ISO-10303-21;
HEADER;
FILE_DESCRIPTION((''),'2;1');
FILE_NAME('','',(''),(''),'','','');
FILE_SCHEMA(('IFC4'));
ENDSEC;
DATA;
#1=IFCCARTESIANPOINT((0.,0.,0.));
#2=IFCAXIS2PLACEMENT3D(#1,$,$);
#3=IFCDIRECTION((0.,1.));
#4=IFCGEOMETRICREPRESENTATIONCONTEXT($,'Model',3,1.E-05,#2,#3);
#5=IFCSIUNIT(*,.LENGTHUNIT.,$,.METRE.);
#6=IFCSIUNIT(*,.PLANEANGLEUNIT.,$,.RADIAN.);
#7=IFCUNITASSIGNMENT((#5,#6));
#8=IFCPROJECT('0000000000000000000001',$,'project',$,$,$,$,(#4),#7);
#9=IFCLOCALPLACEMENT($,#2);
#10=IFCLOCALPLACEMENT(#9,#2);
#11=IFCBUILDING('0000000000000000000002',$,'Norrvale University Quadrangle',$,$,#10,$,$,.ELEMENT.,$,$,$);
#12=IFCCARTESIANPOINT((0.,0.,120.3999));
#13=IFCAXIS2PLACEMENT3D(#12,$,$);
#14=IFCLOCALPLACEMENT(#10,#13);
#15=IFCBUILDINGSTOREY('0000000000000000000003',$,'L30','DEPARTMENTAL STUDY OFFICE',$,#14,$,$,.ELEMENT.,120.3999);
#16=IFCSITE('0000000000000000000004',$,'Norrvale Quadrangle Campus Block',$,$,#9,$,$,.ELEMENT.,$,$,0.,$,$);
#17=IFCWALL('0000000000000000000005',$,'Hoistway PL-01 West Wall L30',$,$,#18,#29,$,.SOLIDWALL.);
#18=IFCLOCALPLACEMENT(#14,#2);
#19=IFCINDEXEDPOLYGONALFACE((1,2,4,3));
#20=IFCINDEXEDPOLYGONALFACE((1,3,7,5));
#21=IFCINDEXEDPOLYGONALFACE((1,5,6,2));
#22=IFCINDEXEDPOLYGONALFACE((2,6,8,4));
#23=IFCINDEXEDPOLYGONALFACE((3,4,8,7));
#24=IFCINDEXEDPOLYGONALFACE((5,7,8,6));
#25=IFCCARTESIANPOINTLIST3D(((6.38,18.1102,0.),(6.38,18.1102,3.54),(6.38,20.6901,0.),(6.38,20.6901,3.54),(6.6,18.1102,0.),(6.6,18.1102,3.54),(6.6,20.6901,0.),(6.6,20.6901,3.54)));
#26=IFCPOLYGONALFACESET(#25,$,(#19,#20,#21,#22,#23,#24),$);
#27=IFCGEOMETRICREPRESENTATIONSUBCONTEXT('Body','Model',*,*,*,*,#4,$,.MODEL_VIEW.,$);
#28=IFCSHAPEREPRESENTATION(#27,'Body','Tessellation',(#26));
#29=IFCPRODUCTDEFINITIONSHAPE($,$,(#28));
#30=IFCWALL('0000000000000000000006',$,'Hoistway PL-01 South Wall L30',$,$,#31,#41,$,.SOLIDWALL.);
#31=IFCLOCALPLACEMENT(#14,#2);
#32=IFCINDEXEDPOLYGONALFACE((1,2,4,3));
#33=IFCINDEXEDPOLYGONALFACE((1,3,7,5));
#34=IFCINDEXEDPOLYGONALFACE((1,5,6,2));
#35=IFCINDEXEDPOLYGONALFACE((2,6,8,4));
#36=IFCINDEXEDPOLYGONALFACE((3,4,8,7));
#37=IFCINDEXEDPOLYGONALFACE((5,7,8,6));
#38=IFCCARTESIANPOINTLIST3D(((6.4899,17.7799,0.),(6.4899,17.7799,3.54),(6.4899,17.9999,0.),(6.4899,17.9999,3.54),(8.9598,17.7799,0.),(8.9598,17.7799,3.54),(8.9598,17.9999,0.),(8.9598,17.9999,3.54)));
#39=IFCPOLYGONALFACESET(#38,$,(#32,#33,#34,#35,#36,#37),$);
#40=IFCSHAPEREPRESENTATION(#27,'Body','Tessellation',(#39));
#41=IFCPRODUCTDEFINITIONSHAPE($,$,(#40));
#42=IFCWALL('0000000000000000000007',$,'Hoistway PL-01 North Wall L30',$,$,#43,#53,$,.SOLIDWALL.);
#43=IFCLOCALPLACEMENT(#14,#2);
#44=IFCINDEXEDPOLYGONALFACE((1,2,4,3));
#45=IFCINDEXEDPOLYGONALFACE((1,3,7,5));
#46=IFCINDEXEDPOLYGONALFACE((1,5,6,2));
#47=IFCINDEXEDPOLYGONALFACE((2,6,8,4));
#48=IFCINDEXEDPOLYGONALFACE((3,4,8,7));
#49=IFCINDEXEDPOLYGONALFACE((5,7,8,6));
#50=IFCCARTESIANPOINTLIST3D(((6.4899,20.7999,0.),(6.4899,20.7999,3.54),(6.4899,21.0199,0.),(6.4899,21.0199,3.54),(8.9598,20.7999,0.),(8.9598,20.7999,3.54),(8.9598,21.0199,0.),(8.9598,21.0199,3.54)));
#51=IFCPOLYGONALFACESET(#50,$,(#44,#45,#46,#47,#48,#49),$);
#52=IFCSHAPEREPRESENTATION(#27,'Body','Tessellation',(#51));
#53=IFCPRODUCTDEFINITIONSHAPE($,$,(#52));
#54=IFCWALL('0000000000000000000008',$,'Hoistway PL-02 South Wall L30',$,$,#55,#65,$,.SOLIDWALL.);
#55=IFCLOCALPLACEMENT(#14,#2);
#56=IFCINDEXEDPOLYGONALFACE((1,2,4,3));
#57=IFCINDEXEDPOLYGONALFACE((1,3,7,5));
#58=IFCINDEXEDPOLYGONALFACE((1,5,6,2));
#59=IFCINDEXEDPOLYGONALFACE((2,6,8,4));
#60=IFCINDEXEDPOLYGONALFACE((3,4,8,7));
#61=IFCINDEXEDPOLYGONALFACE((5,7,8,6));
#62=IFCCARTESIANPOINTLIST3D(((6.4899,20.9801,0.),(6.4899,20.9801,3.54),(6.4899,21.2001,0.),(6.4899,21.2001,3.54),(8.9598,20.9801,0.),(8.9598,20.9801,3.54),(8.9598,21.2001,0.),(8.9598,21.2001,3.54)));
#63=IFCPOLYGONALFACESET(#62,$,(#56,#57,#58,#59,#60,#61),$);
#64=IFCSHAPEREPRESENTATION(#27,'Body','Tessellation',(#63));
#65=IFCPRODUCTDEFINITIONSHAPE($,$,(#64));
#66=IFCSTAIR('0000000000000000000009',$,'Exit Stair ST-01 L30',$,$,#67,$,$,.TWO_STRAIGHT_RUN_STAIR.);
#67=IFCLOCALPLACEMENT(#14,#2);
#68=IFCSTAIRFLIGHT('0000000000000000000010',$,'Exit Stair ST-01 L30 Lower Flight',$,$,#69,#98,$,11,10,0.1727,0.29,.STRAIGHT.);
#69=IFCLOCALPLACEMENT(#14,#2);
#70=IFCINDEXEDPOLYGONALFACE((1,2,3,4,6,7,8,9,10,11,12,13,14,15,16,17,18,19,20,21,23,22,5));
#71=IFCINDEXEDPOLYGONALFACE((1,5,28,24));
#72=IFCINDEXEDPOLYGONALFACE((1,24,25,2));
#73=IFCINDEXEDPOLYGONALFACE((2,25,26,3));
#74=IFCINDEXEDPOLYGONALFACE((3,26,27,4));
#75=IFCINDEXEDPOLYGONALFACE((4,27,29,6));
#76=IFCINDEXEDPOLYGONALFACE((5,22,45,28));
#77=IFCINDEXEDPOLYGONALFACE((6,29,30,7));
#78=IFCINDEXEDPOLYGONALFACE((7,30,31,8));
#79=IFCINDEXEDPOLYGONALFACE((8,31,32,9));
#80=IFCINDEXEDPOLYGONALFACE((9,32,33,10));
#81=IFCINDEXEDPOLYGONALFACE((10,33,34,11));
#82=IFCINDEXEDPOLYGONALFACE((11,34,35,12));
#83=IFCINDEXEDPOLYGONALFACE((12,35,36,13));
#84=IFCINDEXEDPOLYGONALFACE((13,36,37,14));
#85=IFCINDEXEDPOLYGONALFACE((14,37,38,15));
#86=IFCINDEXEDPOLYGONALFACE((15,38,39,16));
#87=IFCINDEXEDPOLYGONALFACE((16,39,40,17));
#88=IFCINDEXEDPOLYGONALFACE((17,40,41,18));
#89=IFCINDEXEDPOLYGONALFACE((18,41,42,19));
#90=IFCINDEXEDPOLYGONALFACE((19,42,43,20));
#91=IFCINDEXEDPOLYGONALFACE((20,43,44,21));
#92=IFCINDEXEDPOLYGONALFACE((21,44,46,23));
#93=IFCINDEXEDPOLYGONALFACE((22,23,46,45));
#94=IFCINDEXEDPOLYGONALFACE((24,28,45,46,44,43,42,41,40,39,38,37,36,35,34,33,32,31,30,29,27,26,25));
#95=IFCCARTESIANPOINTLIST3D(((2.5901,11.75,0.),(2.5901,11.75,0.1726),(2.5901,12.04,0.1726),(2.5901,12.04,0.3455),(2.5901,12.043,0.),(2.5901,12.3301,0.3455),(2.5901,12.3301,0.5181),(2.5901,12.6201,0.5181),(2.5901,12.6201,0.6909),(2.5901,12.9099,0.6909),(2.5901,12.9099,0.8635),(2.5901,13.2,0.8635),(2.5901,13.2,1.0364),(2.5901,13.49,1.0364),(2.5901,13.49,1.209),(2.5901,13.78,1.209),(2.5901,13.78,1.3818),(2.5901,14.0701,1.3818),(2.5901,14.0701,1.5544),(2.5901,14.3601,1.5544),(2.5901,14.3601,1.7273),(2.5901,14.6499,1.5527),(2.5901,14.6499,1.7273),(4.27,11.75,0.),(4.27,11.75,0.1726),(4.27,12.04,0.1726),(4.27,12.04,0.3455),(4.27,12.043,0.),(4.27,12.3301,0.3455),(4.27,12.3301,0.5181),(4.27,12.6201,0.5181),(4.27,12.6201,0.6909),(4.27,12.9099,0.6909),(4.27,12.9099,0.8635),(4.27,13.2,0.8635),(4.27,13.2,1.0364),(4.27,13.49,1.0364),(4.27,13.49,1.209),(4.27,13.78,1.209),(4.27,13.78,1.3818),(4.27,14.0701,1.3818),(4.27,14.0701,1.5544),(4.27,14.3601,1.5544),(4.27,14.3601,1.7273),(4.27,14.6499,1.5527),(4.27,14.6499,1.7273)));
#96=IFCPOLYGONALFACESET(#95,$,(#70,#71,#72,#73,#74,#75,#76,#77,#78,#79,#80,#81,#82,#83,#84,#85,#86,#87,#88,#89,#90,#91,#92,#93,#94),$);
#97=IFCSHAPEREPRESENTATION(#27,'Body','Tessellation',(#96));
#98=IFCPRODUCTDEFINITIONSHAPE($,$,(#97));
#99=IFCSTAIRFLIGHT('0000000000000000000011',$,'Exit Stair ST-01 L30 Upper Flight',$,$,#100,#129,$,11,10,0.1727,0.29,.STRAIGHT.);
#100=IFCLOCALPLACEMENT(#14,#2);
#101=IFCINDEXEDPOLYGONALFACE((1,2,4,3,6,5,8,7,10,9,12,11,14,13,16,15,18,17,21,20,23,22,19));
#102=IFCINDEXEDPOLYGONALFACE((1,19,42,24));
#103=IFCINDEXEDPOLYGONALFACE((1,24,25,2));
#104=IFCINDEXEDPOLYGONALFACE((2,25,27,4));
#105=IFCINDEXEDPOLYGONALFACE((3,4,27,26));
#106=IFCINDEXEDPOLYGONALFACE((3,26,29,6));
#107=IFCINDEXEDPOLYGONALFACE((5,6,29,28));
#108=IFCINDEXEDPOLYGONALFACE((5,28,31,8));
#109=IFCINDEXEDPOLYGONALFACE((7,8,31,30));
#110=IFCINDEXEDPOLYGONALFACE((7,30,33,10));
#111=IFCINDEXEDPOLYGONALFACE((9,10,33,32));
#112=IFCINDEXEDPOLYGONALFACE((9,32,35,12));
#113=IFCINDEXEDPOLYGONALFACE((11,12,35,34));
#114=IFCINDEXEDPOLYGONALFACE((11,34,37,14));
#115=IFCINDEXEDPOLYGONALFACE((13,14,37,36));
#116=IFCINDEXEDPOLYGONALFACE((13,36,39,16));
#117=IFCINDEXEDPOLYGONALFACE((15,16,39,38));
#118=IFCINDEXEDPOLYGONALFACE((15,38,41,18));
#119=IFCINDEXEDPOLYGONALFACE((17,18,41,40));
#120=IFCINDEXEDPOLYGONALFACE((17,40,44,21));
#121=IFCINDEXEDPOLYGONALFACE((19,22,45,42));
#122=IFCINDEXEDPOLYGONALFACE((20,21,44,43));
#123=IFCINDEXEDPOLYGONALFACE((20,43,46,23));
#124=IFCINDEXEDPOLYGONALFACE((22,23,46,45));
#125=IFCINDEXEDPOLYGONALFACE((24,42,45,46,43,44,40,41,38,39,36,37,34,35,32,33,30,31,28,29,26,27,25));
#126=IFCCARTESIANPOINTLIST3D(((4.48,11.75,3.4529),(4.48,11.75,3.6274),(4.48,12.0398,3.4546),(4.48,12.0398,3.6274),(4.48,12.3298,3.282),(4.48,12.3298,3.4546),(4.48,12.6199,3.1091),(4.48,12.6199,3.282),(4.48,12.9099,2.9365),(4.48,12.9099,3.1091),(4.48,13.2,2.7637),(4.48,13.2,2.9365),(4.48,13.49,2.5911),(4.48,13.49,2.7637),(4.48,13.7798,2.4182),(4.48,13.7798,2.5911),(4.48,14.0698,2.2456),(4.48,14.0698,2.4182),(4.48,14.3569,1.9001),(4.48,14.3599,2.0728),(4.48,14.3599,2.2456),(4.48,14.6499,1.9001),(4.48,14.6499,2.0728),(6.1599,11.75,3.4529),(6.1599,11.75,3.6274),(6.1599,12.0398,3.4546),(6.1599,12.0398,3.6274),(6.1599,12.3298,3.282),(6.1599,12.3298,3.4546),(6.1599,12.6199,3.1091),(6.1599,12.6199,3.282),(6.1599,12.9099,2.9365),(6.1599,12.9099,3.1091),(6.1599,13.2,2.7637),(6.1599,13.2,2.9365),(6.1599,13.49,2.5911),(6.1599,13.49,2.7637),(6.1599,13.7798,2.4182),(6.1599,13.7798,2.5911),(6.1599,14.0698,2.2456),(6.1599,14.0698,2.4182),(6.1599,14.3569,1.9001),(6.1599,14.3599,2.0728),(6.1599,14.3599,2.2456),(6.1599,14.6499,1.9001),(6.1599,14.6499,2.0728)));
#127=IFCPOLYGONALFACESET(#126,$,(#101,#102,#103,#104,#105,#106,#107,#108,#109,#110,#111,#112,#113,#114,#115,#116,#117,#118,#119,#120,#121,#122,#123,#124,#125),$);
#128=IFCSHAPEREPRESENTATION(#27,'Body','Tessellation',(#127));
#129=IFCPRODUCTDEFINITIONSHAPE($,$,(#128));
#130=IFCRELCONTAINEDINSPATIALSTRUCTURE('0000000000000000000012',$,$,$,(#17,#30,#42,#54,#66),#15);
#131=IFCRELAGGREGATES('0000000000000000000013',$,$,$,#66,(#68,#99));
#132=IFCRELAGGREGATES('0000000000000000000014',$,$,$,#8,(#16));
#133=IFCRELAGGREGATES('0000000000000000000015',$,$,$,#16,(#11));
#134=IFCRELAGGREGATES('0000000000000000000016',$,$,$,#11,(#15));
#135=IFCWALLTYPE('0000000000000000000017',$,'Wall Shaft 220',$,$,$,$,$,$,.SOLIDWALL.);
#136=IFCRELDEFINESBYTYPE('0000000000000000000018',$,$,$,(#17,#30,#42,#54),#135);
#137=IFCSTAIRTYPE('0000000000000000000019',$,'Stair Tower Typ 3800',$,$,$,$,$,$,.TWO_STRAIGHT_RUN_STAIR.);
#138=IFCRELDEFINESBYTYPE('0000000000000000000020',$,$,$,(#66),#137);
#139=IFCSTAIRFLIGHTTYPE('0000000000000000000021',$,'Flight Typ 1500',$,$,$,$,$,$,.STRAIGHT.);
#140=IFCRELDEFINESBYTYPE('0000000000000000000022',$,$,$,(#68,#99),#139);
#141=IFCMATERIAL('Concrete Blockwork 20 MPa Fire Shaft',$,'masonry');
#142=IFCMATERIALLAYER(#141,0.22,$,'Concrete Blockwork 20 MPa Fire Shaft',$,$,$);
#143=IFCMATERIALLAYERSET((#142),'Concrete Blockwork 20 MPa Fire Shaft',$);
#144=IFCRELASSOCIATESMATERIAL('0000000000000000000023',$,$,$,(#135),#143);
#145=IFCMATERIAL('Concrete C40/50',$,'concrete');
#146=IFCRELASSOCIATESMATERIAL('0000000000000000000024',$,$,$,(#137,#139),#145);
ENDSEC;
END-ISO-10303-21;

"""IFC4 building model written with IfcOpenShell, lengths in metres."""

from ifc_helpers import new_model, si_unit, direction, frame, frame_2d, origin, place, context, subcontext, project, spatial, polyline, rectangle, outline, extrude, material, layer, layer_set, type_object, element, aggregate, save


model = new_model("IFC4")

# Units and contexts
model_context = context("Model", 3, precision=1e-05, world=origin(), true_north=direction((0.0, 1.0)))
body_context = subcontext(model_context, "Body", "Model", "MODEL_VIEW")
ifc_project = project(units=[si_unit("LENGTHUNIT", "METRE"), si_unit("PLANEANGLEUNIT", "RADIAN")], contexts=[model_context])

# Site, building, storey
site_placement = place(None, origin())
site = spatial("IfcSite", under=ifc_project, at=site_placement, Name="Norrvale Quadrangle Campus Block", CompositionType="ELEMENT", RefElevation=0.0)
building_placement = place(site_placement, origin())
building = spatial("IfcBuilding", under=site, at=building_placement, Name="Norrvale University Quadrangle", CompositionType="ELEMENT")
storey_placement = place(building_placement, frame((0.0, 0.0, 120.3999)))
storey = spatial("IfcBuildingStorey", under=building, at=storey_placement, Name="L30", Description="DEPARTMENTAL STUDY OFFICE", CompositionType="ELEMENT", Elevation=120.3999)

# Walls
ifc_material_1 = material(Name="Concrete Blockwork 20 MPa Fire Shaft", Category="masonry")
ifc_layer_1 = layer(ifc_material_1, 0.22, Name="Concrete Blockwork 20 MPa Fire Shaft")
ifc_layer_set_1 = layer_set([ifc_layer_1], Name="Concrete Blockwork 20 MPa Fire Shaft")
wall_type_1 = type_object("IfcWallType", Name="Wall Shaft 220", PredefinedType="SOLIDWALL", material=ifc_layer_set_1)
wall_1_placement = place(storey_placement, frame((6.49, 18.1101, 0.0), z_axis=(0.0, 0.0, 1.0), x_axis=(0.0, 1.0, 0.0)))
element("IfcWall", 1, at=wall_1_placement, inside=storey, type_object=wall_type_1, Name="Hoistway PL-01 West Wall L30", PredefinedType="SOLIDWALL", context=body_context, shape_type="SweptSolid", body=[
    extrude(rectangle(XDim=2.5798, YDim=0.22, at=frame_2d((1.29, 0.0))), origin(), (0.0, 0.0, 1.0), 3.54),
])
for number, where, z_axis, x_axis, name in (
    (2, (6.49, 17.8899, 0.0), (0.0, 0.0, 1.0), (1.0, 0.0, 0.0), "Hoistway PL-01 South Wall L30"),
    (3, (6.49, 20.9099, 0.0), (0.0, 0.0, 1.0), (1.0, 0.0, 0.0), "Hoistway PL-01 North Wall L30"),
    (4, (6.49, 21.0901, 0.0), (0.0, 0.0, 1.0), (1.0, 0.0, 0.0), "Hoistway PL-02 South Wall L30"),
):
    element("IfcWall", number, at=place(storey_placement, frame(where, z_axis=z_axis, x_axis=x_axis)), inside=storey, type_object=wall_type_1, Name=name, PredefinedType="SOLIDWALL", context=body_context, shape_type="SweptSolid", body=[
        extrude(rectangle(XDim=2.47, YDim=0.22, at=frame_2d((1.2349, 0.0))), origin(), (0.0, 0.0, 1.0), 3.54),
    ])

# Stair, stair flights
ifc_material_2 = material(Name="Concrete C40/50", Category="concrete")
stair_type = type_object("IfcStairType", Name="Stair Tower Typ 3800", PredefinedType="TWO_STRAIGHT_RUN_STAIR", material=ifc_material_2)
stair_placement = place(storey_placement, origin())
stair = element("IfcStair", 5, at=stair_placement, inside=storey, type_object=stair_type, Name="Exit Stair ST-01 L30", PredefinedType="TWO_STRAIGHT_RUN_STAIR")
stair_flight_type = type_object("IfcStairFlightType", Name="Flight Typ 1500", PredefinedType="STRAIGHT", material=ifc_material_2)
stair_flight_1_placement = place(storey_placement, frame((3.4299, 11.75, 0.0), z_axis=(0.0, 0.0, 1.0), x_axis=(0.0, 1.0, 0.0)))
stair_flight_1 = element("IfcStairFlight", 6, at=stair_flight_1_placement, type_object=stair_flight_type, Name="Exit Stair ST-01 L30 Lower Flight", NumberOfRisers=11, NumberOfTreads=10, PredefinedType="STRAIGHT", RiserHeight=0.1727, TreadLength=0.29, context=body_context, shape_type="SweptSolid", body=[
    extrude(outline(polyline([(0.0, 0.0), (0.0, 0.1726), (0.29, 0.1726), (0.29, 0.3455), (0.5801, 0.3455), (0.5801, 0.5181), (0.8701, 0.5181), (0.8701, 0.6909), (1.1599, 0.6909), (1.1599, 0.8635), (1.45, 0.8635), (1.45, 1.0364), (1.74, 1.0364), (1.74, 1.209), (2.03, 1.209), (2.03, 1.3818), (2.3201, 1.3818), (2.3201, 1.5544), (2.6101, 1.5544), (2.6101, 1.7273), (2.8999, 1.7273), (2.8999, 1.8999), (2.8999, 1.5527), (0.293, 0.0), (0.0, 0.0)])), frame((0.0, 0.8398, 0.0), z_axis=(0.0, -1.0, 0.0), x_axis=(1.0, 0.0, 0.0)), (0.0, 0.0, 1.0), 1.6799),
])
stair_flight_2_placement = place(storey_placement, frame((5.3201, 14.6499, 1.9001), z_axis=(0.0, 0.0, 1.0), x_axis=(0.0, -1.0, 0.0)))
stair_flight_2 = element("IfcStairFlight", 7, at=stair_flight_2_placement, type_object=stair_flight_type, Name="Exit Stair ST-01 L30 Upper Flight", NumberOfRisers=11, NumberOfTreads=10, PredefinedType="STRAIGHT", RiserHeight=0.1727, TreadLength=0.29, context=body_context, shape_type="SweptSolid", body=[
    extrude(outline(polyline([(0.0, 0.0), (0.0, 0.1726), (0.29, 0.1726), (0.29, 0.3455), (0.5801, 0.3455), (0.5801, 0.5181), (0.8701, 0.5181), (0.8701, 0.6909), (1.1599, 0.6909), (1.1599, 0.8635), (1.45, 0.8635), (1.45, 1.0364), (1.74, 1.0364), (1.74, 1.209), (2.03, 1.209), (2.03, 1.3818), (2.3201, 1.3818), (2.3201, 1.5544), (2.6101, 1.5544), (2.6101, 1.7273), (2.8999, 1.7273), (2.8999, 1.8999), (2.8999, 1.5527), (0.293, 0.0), (0.0, 0.0)])), frame((0.0, 0.8398, 0.0), z_axis=(0.0, -1.0, 0.0), x_axis=(1.0, 0.0, 0.0)), (0.0, 0.0, 1.0), 1.6799),
])
aggregate(stair, [stair_flight_1, stair_flight_2])

save(model, "model.ifc")
